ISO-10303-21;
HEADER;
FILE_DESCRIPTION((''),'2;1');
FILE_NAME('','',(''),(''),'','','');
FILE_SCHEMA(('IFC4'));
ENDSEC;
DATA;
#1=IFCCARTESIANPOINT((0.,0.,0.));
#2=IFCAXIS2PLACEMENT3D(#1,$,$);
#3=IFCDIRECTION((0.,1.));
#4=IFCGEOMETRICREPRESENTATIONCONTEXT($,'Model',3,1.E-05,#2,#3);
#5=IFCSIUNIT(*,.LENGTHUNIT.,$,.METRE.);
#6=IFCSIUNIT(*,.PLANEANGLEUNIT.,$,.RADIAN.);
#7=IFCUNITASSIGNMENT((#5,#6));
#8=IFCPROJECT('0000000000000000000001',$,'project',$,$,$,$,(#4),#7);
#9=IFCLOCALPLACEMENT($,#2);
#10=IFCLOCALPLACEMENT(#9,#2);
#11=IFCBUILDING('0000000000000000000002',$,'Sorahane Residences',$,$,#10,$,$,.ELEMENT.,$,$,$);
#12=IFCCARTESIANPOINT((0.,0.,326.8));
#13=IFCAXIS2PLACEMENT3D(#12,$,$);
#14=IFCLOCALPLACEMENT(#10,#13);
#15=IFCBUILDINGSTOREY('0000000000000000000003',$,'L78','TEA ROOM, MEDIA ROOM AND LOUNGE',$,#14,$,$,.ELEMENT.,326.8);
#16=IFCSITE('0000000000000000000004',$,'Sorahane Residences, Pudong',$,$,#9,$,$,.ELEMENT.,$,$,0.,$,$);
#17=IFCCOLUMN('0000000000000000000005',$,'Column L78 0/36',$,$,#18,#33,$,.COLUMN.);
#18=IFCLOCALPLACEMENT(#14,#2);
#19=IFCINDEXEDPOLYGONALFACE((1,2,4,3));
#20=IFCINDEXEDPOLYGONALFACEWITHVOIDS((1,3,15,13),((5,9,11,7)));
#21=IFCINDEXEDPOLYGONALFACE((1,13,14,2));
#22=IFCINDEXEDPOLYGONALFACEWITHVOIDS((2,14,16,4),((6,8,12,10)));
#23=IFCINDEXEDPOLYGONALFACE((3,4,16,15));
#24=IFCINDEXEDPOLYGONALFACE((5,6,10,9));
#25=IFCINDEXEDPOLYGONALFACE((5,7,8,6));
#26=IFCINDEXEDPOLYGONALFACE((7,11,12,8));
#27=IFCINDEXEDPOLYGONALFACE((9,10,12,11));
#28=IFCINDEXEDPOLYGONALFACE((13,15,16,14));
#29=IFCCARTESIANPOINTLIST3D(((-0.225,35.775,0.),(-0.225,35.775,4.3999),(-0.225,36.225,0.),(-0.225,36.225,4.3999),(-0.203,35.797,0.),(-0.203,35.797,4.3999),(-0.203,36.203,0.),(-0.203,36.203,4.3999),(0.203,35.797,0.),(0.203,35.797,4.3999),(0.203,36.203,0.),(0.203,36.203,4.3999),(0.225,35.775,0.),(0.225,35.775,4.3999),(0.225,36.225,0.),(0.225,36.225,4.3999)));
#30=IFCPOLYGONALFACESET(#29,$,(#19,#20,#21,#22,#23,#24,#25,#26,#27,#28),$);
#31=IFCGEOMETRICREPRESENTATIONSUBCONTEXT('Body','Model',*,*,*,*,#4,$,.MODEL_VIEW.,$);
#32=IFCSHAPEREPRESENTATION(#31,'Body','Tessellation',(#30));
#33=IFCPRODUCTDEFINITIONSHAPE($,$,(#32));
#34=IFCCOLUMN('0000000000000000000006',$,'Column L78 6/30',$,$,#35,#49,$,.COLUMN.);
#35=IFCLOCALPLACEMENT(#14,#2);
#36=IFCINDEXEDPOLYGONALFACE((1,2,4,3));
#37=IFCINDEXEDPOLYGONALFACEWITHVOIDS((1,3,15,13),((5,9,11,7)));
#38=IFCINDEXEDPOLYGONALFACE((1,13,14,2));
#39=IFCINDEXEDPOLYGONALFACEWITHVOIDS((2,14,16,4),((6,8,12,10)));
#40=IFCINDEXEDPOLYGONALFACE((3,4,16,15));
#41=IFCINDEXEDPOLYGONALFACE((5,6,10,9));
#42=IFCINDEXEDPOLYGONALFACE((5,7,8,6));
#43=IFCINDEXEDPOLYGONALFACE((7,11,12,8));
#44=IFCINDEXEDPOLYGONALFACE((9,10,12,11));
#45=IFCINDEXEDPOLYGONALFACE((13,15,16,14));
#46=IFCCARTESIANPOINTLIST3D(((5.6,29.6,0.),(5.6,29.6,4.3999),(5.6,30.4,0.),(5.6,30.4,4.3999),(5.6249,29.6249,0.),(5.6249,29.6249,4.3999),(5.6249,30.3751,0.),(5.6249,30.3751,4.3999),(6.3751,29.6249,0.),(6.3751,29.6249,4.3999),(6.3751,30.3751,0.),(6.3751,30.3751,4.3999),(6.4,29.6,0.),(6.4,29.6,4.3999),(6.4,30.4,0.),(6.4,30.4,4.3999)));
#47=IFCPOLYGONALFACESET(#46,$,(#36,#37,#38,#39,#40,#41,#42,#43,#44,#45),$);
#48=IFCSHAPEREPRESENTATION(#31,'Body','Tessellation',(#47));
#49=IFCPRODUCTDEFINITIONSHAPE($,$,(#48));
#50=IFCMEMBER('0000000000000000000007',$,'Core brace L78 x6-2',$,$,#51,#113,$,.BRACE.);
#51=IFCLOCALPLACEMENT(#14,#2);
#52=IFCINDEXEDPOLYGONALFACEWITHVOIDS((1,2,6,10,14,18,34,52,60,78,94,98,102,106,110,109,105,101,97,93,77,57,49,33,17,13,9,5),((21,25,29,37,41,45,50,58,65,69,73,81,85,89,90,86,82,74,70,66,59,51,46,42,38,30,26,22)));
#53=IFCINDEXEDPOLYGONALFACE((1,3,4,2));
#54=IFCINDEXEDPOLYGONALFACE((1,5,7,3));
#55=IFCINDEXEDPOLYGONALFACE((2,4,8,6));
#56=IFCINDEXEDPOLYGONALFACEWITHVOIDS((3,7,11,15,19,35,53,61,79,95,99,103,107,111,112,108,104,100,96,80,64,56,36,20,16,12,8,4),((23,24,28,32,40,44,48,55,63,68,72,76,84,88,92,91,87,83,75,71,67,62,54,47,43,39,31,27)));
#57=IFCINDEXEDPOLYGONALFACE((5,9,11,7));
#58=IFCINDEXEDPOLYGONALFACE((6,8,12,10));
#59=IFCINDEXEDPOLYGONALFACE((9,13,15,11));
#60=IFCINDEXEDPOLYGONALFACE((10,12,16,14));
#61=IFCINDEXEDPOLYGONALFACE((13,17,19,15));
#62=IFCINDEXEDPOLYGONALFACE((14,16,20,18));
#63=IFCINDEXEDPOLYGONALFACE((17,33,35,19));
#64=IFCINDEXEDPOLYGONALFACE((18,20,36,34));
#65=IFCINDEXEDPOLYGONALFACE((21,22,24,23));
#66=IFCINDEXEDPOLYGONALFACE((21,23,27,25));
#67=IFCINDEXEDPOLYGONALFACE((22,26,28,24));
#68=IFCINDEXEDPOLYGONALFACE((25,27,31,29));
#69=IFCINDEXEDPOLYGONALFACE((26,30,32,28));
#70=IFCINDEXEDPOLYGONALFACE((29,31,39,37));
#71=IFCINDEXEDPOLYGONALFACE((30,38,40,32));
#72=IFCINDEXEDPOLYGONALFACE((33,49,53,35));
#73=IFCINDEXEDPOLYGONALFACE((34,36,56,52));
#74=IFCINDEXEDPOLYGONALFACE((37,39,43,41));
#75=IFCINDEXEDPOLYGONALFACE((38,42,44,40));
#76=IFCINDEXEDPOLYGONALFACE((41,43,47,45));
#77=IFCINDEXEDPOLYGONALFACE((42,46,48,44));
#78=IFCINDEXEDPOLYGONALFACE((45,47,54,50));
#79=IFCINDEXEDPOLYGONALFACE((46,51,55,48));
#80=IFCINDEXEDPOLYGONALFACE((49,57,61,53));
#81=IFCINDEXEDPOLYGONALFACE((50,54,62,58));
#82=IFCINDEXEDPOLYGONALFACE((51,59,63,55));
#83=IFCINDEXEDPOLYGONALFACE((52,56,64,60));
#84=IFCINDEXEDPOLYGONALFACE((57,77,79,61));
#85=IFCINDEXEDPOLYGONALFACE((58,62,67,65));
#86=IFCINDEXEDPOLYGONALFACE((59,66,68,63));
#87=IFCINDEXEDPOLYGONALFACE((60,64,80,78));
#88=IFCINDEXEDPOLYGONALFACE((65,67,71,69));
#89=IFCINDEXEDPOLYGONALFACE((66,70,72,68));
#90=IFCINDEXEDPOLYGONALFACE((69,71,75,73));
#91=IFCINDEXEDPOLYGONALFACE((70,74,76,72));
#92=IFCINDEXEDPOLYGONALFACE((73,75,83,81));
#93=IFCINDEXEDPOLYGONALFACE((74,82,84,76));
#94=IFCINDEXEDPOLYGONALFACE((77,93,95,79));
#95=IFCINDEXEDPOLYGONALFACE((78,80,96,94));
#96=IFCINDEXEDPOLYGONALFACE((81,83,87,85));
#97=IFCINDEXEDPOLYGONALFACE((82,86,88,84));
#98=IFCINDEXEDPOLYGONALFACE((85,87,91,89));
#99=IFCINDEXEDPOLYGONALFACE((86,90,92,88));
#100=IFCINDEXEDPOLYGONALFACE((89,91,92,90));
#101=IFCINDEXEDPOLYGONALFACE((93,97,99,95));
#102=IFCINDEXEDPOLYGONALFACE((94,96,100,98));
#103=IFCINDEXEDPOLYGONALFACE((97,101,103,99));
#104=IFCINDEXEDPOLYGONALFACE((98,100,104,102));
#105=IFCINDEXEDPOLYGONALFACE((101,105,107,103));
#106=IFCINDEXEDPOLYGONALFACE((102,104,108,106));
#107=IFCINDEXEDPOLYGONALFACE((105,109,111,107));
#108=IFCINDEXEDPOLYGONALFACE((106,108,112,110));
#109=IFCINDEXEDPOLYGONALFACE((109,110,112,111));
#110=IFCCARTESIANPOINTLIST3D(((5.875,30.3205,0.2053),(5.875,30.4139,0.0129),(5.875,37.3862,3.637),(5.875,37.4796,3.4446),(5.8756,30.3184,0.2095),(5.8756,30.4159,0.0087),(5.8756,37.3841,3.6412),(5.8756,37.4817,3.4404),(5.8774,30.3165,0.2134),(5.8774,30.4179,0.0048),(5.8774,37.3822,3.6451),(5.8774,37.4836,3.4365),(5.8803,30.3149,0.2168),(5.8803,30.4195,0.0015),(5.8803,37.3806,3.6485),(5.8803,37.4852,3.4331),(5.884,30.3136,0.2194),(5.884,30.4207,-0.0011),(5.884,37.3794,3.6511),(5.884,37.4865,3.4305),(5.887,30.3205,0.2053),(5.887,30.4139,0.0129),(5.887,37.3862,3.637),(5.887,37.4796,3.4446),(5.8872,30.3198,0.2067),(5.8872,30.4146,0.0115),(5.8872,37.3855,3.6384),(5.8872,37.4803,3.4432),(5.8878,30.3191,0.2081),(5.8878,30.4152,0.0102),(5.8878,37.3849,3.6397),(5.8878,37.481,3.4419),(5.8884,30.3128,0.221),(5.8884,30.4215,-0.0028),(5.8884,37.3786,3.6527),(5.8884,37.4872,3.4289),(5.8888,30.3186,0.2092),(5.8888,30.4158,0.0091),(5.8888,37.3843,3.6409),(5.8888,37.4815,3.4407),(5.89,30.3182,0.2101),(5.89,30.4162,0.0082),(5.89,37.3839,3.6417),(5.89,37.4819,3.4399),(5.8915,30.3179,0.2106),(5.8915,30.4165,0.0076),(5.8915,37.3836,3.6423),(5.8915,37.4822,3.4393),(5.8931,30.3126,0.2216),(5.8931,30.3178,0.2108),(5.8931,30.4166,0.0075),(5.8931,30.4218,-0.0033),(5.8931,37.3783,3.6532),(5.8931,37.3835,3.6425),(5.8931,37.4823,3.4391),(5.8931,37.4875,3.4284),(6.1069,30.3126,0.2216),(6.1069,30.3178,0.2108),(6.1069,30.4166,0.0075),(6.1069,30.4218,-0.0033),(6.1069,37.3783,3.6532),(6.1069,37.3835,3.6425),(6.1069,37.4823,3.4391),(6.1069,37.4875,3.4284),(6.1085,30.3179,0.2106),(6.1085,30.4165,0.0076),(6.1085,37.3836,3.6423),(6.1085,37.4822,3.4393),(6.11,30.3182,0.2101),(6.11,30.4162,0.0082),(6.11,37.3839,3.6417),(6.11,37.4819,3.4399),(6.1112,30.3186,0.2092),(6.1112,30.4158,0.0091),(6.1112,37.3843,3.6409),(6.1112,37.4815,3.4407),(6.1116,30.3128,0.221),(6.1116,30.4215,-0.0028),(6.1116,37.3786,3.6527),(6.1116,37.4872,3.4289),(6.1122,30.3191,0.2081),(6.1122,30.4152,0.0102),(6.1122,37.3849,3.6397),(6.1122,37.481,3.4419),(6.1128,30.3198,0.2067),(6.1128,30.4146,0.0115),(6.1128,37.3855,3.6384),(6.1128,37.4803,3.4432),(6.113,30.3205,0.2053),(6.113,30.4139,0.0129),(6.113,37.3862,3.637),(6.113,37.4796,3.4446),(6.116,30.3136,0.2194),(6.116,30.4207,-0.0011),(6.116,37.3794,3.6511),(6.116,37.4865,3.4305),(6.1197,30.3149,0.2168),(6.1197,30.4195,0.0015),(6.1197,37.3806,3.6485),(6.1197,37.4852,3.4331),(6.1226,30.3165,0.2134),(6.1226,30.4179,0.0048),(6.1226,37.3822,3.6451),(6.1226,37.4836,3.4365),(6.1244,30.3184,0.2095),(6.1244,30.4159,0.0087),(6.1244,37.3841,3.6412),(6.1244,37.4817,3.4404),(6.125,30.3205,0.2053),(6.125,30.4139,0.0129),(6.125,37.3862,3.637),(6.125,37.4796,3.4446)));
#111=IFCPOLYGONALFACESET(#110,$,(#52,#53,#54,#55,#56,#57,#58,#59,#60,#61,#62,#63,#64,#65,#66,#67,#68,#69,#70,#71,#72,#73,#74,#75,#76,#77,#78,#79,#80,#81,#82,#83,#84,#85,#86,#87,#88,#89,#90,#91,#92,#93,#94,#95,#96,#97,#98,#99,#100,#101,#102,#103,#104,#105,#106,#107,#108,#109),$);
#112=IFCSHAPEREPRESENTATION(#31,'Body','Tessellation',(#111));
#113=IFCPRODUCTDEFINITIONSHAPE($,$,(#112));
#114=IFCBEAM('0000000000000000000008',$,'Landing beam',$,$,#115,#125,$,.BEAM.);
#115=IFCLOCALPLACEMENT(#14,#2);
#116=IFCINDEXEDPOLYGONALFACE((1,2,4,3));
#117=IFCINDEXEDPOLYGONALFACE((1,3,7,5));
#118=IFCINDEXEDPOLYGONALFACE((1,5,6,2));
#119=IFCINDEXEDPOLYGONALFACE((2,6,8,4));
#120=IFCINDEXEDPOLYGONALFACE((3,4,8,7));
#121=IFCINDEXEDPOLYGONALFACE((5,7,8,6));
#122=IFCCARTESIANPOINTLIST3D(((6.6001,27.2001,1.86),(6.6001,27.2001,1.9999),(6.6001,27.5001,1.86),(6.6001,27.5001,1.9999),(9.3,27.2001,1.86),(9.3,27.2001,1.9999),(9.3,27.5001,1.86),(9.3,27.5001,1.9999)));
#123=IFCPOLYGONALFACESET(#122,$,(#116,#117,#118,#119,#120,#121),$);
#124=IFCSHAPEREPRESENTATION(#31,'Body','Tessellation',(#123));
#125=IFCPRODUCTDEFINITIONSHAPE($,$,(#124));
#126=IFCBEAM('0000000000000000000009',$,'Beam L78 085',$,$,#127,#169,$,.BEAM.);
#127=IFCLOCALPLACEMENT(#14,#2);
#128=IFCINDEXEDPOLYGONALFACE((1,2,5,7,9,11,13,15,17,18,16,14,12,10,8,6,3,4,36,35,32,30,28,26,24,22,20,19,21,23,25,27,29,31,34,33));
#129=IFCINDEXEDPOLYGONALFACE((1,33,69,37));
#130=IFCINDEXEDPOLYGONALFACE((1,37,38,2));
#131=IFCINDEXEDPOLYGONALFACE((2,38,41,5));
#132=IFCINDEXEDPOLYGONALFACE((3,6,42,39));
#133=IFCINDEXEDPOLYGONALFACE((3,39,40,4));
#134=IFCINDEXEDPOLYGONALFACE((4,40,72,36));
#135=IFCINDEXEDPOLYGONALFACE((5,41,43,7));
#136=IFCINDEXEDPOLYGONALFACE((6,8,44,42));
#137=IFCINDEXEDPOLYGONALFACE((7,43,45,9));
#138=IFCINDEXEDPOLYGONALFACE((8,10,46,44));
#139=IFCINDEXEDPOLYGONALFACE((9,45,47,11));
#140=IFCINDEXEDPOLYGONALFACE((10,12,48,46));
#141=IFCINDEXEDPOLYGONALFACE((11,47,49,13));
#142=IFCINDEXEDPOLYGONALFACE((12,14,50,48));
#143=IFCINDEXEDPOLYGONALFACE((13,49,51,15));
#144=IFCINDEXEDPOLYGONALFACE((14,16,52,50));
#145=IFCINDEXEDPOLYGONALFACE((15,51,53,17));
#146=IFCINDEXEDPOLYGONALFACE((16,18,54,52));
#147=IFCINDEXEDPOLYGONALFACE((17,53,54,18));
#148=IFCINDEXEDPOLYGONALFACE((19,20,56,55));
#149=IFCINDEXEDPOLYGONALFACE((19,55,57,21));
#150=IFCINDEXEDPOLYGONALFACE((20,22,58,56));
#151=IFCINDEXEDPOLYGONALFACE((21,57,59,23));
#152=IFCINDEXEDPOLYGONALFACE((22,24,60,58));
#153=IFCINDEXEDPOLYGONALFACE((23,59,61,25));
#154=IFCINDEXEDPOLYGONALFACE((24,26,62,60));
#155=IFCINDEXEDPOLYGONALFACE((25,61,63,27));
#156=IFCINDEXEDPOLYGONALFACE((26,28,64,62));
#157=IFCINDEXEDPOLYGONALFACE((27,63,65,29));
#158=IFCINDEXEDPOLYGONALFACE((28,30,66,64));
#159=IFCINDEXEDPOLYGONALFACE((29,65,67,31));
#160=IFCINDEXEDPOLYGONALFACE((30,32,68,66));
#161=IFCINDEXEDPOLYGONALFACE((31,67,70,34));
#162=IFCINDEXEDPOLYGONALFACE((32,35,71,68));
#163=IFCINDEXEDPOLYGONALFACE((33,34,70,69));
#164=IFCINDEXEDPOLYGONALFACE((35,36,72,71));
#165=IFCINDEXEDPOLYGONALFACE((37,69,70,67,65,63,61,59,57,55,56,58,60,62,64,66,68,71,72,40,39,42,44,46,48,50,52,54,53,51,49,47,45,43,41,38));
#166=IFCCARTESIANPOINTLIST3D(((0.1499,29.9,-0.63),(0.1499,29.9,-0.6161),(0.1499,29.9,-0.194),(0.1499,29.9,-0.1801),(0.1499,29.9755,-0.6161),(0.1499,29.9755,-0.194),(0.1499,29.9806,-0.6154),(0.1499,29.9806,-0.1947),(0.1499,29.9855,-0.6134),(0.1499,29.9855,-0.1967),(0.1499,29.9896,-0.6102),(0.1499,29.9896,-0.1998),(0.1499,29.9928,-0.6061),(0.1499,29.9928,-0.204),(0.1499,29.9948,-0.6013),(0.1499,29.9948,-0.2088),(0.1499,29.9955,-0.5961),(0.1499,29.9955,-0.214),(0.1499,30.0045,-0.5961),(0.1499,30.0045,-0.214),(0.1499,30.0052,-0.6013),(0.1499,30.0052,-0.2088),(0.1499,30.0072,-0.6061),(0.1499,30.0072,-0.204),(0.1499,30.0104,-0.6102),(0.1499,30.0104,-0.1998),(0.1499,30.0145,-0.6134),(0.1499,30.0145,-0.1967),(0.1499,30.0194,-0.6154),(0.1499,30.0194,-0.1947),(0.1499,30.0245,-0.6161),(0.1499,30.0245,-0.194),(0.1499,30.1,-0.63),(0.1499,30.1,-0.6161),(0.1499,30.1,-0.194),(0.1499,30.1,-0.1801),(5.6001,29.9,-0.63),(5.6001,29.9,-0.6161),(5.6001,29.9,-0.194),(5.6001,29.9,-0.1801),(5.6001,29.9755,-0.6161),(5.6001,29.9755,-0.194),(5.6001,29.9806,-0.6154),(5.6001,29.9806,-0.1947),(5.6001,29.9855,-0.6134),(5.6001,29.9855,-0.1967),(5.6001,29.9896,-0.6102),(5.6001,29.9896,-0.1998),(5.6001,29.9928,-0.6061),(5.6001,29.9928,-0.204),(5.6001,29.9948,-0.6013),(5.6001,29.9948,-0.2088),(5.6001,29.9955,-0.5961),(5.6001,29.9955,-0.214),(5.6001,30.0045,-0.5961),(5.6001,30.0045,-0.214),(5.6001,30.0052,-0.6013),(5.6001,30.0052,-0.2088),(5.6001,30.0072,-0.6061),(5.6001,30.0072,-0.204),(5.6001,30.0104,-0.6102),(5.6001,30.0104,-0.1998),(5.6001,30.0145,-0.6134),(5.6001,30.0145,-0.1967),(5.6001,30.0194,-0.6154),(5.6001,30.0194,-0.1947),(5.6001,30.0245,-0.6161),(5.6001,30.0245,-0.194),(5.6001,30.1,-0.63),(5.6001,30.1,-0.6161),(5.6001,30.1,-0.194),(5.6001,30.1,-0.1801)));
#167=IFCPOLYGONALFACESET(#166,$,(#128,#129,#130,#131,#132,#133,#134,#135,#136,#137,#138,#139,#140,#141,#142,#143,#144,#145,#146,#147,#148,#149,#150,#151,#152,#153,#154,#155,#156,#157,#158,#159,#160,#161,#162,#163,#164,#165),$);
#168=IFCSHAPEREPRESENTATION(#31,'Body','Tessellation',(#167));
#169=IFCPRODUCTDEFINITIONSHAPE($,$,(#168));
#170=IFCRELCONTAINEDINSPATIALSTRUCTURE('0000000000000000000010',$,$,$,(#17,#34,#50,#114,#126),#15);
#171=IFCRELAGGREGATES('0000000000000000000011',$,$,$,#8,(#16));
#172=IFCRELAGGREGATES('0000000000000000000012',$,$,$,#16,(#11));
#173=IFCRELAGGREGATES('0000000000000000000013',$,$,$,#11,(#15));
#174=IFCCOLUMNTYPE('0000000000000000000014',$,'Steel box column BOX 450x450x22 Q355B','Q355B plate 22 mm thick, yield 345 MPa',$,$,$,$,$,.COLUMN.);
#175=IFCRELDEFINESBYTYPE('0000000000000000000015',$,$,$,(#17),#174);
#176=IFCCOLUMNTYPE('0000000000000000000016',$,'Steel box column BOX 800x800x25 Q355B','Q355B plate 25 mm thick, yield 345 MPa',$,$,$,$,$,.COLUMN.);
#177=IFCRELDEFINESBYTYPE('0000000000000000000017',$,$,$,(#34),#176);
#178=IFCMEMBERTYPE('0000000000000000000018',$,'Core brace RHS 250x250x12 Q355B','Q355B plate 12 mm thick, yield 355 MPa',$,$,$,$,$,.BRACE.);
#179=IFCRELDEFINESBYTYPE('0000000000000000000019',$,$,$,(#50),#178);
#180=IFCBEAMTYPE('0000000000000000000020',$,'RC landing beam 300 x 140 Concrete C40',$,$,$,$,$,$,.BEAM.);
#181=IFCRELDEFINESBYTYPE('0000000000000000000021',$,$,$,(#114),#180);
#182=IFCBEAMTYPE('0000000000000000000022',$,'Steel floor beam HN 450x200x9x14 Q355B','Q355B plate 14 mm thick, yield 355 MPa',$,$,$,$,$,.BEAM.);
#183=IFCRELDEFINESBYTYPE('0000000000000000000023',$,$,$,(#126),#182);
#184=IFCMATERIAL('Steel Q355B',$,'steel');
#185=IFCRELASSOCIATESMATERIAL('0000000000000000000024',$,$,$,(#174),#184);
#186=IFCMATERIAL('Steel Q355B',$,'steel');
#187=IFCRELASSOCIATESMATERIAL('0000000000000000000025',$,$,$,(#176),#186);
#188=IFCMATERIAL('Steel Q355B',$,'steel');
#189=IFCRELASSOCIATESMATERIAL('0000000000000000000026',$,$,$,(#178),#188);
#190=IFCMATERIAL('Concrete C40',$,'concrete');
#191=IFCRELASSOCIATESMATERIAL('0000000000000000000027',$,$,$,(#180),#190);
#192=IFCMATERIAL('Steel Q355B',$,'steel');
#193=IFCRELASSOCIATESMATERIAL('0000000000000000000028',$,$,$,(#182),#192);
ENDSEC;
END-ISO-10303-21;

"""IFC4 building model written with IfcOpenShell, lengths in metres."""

from ifc_helpers import new_model, si_unit, direction, frame, origin, origin_2d, place, context, subcontext, project, spatial, rectangle, hollow_rectangle, i_section, extrude, material, material_profile, profile_set, type_object, element, save


model = new_model("IFC4")

# Units and contexts
model_context = context("Model", 3, precision=1e-05, world=origin(), true_north=direction((0.0, 1.0)))
body_context = subcontext(model_context, "Body", "Model", "MODEL_VIEW")
ifc_project = project(units=[si_unit("LENGTHUNIT", "METRE"), si_unit("PLANEANGLEUNIT", "RADIAN")], contexts=[model_context])

# Site, building, storey
site_placement = place(None, origin())
site = spatial("IfcSite", under=ifc_project, at=site_placement, Name="Sorahane Residences, Pudong", CompositionType="ELEMENT", RefElevation=0.0)
building_placement = place(site_placement, origin())
building = spatial("IfcBuilding", under=site, at=building_placement, Name="Sorahane Residences", CompositionType="ELEMENT")
storey_placement = place(building_placement, frame((0.0, 0.0, 326.8)))
storey = spatial("IfcBuildingStorey", under=building, at=storey_placement, Name="L78", Description="TEA ROOM, MEDIA ROOM AND LOUNGE", CompositionType="ELEMENT", Elevation=326.8)

# Columns
ifc_material_1 = material(Name="Steel Q355B", Category="steel")
ifc_material_profile_1 = material_profile(ifc_material_1, hollow_rectangle(XDim=0.45, YDim=0.45, WallThickness=0.022, at=origin_2d()), Name="BOX 450x450x22")
ifc_profile_set_1 = profile_set([ifc_material_profile_1], Name="Steel Q355B")
column_type_1 = type_object("IfcColumnType", Name="Steel box column BOX 450x450x22 Q355B", Description="Q355B plate 22 mm thick, yield 345 MPa", PredefinedType="COLUMN", material=ifc_profile_set_1)
column_1_placement = place(storey_placement, frame((0.0, 36.0, 0.0), z_axis=(0.0, 0.0, 1.0), x_axis=(1.0, 0.0, 0.0)))
element("IfcColumn", 1, at=column_1_placement, inside=storey, type_object=column_type_1, Name="Column L78 0/36", PredefinedType="COLUMN", context=body_context, shape_type="SweptSolid", body=[
    extrude(hollow_rectangle(XDim=0.45, YDim=0.45, WallThickness=0.022, at=origin_2d()), origin(), (0.0, 0.0, 1.0), 4.3999),
])
ifc_material_2 = material(Name="Steel Q355B", Category="steel")
ifc_material_profile_2 = material_profile(ifc_material_2, hollow_rectangle(XDim=0.8, YDim=0.8, WallThickness=0.0249, at=origin_2d()), Name="BOX 800x800x25")
ifc_profile_set_2 = profile_set([ifc_material_profile_2], Name="Steel Q355B")
column_type_2 = type_object("IfcColumnType", Name="Steel box column BOX 800x800x25 Q355B", Description="Q355B plate 25 mm thick, yield 345 MPa", PredefinedType="COLUMN", material=ifc_profile_set_2)
column_2_placement = place(storey_placement, frame((6.0, 30.0, 0.0), z_axis=(0.0, 0.0, 1.0), x_axis=(1.0, 0.0, 0.0)))
element("IfcColumn", 2, at=column_2_placement, inside=storey, type_object=column_type_2, Name="Column L78 6/30", PredefinedType="COLUMN", context=body_context, shape_type="SweptSolid", body=[
    extrude(hollow_rectangle(XDim=0.8, YDim=0.8, WallThickness=0.0249, at=origin_2d()), origin(), (0.0, 0.0, 1.0), 4.3999),
])

# Member
ifc_material_3 = material(Name="Steel Q355B", Category="steel")
ifc_material_profile_3 = material_profile(ifc_material_3, hollow_rectangle(XDim=0.25, YDim=0.25, WallThickness=0.012, InnerFilletRadius=0.0061, OuterFilletRadius=0.0181, at=origin_2d()), Name="RHS 250x250x12")
ifc_profile_set_3 = profile_set([ifc_material_profile_3], Name="Steel Q355B")
member_type = type_object("IfcMemberType", Name="Core brace RHS 250x250x12 Q355B", Description="Q355B plate 12 mm thick, yield 355 MPa", PredefinedType="BRACE", material=ifc_profile_set_3)
member_placement = place(storey_placement, frame((6.0, 30.3672, 0.1091), z_axis=(0.0, 0.899521, 0.436877), x_axis=(-1.0, 0.0, 0.0)))
element("IfcMember", 3, at=member_placement, inside=storey, type_object=member_type, Name="Core brace L78 x6-2", PredefinedType="BRACE", context=body_context, shape_type="SweptSolid", body=[
    extrude(hollow_rectangle(XDim=0.25, YDim=0.25, WallThickness=0.012, InnerFilletRadius=0.0061, OuterFilletRadius=0.0181, at=origin_2d()), origin(), (0.0, 0.0, 1.0), 7.855),
])

# Beams
ifc_material_4 = material(Name="Concrete C40", Category="concrete")
ifc_material_profile_4 = material_profile(ifc_material_4, rectangle(XDim=0.3, YDim=0.1399, at=origin_2d()), Name="300x140")
ifc_profile_set_4 = profile_set([ifc_material_profile_4], Name="Concrete C40")
beam_type_1 = type_object("IfcBeamType", Name="RC landing beam 300 x 140 Concrete C40", PredefinedType="BEAM", material=ifc_profile_set_4)
beam_1_placement = place(storey_placement, frame((6.6001, 27.3501, 1.9299), z_axis=(1.0, 0.0, 0.0), x_axis=(0.0, 1.0, 0.0)))
element("IfcBeam", 4, at=beam_1_placement, inside=storey, type_object=beam_type_1, Name="Landing beam", PredefinedType="BEAM", context=body_context, shape_type="SweptSolid", body=[
    extrude(rectangle(XDim=0.3, YDim=0.1399, at=origin_2d()), origin(), (0.0, 0.0, 1.0), 2.7),
])
ifc_material_5 = material(Name="Steel Q355B", Category="steel")
ifc_material_profile_5 = material_profile(ifc_material_5, i_section(OverallWidth=0.2, OverallDepth=0.45, WebThickness=0.009, FlangeThickness=0.0139, FilletRadius=0.02, at=origin_2d()), Name="HN 450x200x9x14")
ifc_profile_set_5 = profile_set([ifc_material_profile_5], Name="Steel Q355B")
beam_type_2 = type_object("IfcBeamType", Name="Steel floor beam HN 450x200x9x14 Q355B", Description="Q355B plate 14 mm thick, yield 355 MPa", PredefinedType="BEAM", material=ifc_profile_set_5)
beam_2_placement = place(storey_placement, frame((0.1499, 30.0, -0.405), z_axis=(1.0, 0.0, 0.0), x_axis=(0.0, 1.0, 0.0)))
element("IfcBeam", 5, at=beam_2_placement, inside=storey, type_object=beam_type_2, Name="Beam L78 085", PredefinedType="BEAM", context=body_context, shape_type="SweptSolid", body=[
    extrude(i_section(OverallWidth=0.2, OverallDepth=0.45, WebThickness=0.009, FlangeThickness=0.0139, FilletRadius=0.02, at=origin_2d()), origin(), (0.0, 0.0, 1.0), 5.4502),
])

save(model, "model.ifc")
